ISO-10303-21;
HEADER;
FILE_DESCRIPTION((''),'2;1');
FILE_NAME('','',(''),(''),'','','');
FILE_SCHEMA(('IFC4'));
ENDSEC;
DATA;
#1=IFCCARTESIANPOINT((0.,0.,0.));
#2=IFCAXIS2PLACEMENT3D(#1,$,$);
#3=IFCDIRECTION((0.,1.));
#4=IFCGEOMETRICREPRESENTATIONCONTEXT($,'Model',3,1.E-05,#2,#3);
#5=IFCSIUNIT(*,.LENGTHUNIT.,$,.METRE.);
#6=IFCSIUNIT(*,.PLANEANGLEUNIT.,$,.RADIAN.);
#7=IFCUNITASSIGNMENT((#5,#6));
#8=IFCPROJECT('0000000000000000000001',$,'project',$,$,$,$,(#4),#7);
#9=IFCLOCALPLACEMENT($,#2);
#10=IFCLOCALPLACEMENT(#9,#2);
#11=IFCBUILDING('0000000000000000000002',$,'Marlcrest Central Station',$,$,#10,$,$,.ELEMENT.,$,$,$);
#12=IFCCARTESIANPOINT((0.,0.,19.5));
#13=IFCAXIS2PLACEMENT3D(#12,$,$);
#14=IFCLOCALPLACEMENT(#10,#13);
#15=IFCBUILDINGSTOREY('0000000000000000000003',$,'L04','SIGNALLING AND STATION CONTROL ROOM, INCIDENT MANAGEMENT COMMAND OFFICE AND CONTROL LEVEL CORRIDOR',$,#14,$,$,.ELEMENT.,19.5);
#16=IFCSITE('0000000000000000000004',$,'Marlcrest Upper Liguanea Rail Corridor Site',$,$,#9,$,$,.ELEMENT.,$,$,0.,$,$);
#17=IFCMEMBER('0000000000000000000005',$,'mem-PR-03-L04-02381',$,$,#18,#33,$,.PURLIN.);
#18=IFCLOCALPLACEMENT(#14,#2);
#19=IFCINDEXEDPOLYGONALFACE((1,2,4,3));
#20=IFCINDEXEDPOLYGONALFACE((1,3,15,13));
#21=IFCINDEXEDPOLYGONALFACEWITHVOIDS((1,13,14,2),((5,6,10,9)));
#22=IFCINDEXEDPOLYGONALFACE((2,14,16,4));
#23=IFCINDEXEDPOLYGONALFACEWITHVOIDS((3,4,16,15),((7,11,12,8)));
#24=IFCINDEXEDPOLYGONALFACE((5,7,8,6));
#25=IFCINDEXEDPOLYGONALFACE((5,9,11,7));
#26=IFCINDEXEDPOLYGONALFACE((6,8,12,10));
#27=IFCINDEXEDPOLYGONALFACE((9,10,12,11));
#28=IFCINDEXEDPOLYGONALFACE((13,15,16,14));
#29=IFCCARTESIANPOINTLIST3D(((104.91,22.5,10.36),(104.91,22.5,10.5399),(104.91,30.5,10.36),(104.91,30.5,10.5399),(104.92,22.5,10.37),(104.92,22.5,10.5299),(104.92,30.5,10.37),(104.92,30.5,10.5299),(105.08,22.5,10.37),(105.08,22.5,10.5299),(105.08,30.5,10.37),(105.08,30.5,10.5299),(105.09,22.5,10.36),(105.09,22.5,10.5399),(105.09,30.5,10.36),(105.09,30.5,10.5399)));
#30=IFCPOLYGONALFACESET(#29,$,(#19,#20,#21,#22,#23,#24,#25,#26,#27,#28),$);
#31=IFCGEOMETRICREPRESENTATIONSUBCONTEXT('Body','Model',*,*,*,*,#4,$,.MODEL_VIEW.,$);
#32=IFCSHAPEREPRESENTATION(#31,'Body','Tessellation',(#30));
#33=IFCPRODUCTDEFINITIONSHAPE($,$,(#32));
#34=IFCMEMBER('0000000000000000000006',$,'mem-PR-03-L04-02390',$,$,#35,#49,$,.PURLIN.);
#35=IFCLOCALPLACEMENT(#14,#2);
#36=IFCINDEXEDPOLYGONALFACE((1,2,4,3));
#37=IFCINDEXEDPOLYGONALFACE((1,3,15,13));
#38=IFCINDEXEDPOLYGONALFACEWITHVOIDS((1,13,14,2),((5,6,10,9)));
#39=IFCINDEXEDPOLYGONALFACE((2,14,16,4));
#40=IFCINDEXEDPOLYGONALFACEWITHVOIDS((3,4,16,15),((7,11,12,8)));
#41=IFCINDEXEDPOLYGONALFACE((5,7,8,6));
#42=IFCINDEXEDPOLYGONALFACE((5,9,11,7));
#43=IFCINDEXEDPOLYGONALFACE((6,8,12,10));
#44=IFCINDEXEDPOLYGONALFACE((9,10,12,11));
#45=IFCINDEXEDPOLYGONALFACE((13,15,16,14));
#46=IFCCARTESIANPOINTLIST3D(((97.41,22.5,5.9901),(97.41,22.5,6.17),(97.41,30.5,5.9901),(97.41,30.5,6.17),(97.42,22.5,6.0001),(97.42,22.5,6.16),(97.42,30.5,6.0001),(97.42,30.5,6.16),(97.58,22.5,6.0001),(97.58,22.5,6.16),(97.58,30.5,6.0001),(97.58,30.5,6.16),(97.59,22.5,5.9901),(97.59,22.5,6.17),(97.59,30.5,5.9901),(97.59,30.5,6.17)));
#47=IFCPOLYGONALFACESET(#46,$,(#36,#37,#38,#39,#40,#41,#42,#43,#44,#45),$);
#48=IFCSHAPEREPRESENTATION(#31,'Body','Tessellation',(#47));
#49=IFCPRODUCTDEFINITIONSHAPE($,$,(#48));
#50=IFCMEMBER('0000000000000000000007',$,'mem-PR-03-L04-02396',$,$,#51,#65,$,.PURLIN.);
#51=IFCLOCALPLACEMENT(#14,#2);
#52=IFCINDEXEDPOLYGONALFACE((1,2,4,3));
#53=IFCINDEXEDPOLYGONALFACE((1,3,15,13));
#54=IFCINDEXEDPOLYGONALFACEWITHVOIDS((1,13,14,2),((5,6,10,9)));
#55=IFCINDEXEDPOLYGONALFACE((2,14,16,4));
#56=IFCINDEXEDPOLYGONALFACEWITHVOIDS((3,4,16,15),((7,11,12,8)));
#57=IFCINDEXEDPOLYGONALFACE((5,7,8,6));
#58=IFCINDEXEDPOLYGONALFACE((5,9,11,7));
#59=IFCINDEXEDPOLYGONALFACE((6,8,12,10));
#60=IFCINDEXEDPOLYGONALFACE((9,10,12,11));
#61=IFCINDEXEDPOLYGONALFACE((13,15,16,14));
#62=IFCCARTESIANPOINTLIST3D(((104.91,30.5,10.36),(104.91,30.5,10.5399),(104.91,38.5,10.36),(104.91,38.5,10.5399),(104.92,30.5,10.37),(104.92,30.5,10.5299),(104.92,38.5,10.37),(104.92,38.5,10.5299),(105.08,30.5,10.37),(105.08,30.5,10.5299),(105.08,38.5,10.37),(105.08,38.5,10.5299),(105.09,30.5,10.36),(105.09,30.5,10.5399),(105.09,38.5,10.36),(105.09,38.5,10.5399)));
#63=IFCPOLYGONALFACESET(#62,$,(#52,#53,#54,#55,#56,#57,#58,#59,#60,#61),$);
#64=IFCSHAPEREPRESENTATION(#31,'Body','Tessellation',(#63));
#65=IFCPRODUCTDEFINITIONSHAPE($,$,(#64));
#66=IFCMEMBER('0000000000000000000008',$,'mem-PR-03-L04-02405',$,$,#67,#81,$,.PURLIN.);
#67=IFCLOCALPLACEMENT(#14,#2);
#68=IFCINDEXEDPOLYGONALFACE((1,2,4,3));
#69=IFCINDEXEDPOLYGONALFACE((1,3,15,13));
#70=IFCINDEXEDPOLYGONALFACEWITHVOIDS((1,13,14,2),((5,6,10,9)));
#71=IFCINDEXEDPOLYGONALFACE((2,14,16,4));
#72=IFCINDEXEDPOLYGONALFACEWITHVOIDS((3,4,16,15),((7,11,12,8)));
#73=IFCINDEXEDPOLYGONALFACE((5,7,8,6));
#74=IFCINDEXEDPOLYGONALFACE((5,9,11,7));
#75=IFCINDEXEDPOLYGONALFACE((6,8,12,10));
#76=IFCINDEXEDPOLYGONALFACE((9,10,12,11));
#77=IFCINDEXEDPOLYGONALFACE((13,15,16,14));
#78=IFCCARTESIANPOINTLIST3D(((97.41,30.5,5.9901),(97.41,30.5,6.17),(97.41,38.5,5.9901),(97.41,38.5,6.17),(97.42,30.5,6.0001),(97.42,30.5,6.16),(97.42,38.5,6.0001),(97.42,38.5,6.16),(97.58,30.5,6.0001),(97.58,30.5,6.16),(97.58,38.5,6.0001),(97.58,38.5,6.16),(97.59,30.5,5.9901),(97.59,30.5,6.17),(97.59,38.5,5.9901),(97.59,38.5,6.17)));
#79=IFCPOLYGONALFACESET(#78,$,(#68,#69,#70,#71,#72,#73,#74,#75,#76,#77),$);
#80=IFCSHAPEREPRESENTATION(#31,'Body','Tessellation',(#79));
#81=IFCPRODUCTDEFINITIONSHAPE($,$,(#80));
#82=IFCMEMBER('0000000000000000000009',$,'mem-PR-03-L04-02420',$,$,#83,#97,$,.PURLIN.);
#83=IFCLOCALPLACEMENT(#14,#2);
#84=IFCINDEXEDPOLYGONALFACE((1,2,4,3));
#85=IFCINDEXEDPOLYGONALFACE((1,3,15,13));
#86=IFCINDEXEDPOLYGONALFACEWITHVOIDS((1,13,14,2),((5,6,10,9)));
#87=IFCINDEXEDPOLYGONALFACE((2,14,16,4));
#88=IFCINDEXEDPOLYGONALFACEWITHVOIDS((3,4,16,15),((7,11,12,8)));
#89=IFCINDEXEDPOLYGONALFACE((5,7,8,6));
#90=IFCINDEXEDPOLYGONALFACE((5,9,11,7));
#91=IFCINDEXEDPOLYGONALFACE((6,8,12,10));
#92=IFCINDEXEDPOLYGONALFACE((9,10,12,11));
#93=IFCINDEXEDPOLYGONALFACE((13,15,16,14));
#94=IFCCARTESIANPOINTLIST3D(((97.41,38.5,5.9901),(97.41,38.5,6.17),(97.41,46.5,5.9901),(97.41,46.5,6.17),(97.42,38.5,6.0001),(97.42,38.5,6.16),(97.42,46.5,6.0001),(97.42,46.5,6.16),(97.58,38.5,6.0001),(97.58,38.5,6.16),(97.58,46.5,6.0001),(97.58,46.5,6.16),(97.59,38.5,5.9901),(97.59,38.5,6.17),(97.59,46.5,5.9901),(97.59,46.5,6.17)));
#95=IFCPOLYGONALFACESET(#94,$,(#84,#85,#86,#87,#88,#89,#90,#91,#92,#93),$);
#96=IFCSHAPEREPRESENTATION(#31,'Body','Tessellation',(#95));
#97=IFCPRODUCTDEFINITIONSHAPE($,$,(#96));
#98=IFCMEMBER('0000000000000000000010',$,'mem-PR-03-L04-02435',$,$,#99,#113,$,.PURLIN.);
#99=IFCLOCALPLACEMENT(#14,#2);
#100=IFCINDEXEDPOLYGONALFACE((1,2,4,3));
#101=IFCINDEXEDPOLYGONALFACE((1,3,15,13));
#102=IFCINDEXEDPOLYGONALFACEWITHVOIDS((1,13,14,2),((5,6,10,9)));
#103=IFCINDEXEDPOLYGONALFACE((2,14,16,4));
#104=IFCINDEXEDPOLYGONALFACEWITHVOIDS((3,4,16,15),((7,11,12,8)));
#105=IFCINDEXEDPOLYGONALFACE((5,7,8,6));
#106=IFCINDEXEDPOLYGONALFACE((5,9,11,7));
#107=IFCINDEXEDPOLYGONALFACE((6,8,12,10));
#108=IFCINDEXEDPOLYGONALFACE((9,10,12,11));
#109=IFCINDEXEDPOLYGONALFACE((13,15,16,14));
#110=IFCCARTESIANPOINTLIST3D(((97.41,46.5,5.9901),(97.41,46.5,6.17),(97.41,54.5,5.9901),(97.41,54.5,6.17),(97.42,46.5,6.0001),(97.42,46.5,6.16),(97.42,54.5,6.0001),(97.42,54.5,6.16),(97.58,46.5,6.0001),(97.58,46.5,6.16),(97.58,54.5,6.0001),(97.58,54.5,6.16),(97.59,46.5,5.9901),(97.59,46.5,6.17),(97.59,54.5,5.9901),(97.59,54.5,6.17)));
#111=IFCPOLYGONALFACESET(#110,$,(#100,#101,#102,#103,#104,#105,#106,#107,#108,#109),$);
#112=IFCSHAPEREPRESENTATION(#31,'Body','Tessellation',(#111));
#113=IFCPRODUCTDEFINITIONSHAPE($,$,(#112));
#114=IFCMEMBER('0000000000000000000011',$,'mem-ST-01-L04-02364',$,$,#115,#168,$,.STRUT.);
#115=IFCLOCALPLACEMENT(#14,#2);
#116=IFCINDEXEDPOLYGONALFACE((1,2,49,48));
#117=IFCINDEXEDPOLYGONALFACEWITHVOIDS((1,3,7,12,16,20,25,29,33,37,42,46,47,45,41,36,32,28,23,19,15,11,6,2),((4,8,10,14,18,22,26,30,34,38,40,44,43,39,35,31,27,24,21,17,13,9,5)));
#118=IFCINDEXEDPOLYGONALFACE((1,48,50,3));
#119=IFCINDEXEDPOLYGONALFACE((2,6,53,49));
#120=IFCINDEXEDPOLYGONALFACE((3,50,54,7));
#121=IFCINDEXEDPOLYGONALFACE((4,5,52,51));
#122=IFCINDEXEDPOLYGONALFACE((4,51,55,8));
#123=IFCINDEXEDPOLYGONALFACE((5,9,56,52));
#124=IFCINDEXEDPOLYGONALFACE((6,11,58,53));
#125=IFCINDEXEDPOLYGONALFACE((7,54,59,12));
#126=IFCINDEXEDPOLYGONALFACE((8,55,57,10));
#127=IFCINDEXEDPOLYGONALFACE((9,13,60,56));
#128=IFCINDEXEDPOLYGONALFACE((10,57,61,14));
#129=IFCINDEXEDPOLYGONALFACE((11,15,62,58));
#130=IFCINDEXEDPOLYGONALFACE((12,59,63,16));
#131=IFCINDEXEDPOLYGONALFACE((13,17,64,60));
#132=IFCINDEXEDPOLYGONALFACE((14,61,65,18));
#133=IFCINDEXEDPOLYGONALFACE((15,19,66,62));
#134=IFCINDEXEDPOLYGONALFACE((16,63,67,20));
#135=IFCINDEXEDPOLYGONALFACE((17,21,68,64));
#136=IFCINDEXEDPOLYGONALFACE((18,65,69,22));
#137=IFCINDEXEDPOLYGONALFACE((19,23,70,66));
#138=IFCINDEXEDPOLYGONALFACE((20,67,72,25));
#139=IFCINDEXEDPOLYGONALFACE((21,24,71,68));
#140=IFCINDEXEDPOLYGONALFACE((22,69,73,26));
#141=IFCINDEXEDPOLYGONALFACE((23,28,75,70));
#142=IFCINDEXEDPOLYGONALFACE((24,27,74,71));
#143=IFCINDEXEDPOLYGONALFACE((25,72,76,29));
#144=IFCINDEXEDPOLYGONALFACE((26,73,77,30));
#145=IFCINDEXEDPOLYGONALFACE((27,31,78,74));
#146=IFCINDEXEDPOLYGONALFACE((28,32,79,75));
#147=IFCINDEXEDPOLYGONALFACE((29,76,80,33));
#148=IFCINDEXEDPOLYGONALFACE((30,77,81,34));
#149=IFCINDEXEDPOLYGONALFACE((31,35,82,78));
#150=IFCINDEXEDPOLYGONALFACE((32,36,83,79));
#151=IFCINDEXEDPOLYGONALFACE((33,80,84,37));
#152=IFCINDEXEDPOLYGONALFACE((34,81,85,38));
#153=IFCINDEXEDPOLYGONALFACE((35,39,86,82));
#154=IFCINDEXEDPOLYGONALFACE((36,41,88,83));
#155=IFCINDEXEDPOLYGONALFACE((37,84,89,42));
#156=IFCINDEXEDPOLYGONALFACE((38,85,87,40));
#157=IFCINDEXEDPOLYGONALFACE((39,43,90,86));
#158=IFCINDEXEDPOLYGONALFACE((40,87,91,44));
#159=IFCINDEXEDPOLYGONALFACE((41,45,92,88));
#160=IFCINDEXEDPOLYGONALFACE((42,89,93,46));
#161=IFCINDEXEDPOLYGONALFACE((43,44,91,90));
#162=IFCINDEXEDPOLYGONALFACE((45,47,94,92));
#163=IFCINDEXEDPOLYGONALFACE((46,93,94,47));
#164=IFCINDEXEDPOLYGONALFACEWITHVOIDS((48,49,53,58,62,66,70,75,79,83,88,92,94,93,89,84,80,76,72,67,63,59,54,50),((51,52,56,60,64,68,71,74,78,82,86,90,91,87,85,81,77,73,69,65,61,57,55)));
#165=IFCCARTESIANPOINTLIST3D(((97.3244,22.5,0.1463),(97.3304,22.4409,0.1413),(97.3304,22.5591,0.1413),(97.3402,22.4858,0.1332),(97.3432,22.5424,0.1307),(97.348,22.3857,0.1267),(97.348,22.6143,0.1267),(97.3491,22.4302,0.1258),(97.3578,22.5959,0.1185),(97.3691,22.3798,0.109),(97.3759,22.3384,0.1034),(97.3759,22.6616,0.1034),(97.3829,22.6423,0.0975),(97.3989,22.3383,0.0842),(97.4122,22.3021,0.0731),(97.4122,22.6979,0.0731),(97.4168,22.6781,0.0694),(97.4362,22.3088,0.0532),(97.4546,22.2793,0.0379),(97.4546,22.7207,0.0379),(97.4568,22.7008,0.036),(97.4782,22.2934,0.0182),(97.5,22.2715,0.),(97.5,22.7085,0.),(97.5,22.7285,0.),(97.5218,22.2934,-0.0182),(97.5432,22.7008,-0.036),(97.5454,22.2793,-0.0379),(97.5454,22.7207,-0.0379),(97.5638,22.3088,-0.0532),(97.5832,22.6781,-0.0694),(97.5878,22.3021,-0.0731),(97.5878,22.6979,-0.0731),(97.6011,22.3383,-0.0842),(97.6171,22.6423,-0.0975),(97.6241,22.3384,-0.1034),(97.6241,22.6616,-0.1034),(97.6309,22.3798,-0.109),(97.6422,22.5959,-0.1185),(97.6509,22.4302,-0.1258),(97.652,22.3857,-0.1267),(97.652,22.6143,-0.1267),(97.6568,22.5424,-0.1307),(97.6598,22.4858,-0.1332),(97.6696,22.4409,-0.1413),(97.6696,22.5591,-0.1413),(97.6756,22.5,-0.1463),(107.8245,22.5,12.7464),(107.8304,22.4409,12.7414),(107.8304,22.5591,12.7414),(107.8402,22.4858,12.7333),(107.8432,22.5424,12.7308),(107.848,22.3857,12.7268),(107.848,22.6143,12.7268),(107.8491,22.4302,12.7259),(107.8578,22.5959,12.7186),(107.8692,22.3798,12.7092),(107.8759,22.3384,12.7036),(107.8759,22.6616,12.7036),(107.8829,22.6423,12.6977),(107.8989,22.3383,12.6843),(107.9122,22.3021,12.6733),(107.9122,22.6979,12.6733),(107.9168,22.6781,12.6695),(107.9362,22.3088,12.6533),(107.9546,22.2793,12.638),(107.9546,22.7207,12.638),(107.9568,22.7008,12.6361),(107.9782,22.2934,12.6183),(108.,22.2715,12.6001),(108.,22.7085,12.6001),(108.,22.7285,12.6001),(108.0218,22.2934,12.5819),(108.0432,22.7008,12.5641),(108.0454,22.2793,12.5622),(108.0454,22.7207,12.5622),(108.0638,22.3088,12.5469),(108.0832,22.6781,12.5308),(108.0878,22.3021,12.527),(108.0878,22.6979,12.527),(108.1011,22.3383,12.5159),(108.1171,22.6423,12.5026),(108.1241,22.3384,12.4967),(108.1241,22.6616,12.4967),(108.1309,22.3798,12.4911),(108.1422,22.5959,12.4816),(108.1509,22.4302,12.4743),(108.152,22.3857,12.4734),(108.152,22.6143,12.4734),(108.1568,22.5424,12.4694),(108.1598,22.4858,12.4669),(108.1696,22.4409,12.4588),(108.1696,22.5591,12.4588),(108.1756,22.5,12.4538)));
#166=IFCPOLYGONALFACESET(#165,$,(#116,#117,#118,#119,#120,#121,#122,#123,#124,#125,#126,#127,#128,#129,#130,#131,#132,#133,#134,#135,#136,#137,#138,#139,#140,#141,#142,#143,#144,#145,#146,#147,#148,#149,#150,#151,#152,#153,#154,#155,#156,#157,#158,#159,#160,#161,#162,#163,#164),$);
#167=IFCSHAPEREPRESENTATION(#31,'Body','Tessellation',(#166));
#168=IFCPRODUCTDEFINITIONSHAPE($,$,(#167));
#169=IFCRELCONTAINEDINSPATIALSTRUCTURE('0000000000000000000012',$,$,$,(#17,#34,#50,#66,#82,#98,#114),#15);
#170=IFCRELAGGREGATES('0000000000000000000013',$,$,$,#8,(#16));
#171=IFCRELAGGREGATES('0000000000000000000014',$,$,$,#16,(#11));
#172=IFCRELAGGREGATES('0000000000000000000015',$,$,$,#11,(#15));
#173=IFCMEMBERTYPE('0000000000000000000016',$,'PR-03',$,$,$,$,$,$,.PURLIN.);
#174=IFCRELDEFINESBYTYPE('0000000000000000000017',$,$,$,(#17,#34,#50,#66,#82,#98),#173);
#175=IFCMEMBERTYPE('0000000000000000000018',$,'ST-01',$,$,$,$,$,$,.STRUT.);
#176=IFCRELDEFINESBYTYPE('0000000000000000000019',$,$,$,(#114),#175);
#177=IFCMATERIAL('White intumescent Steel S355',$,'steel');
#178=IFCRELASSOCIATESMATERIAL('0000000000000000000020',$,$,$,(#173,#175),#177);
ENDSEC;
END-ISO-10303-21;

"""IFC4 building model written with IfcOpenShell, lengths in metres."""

from ifc_helpers import new_model, si_unit, direction, frame, origin, origin_2d, place, context, subcontext, project, spatial, hollow_rectangle, hollow_circle, extrude, material, material_profile, profile_set, type_object, element, save


model = new_model("IFC4")

# Units and contexts
model_context = context("Model", 3, precision=1e-05, world=origin(), true_north=direction((0.0, 1.0)))
body_context = subcontext(model_context, "Body", "Model", "MODEL_VIEW")
ifc_project = project(units=[si_unit("LENGTHUNIT", "METRE"), si_unit("PLANEANGLEUNIT", "RADIAN")], contexts=[model_context])

# Site, building, storey
site_placement = place(None, origin())
site = spatial("IfcSite", under=ifc_project, at=site_placement, Name="Marlcrest Upper Liguanea Rail Corridor Site", CompositionType="ELEMENT", RefElevation=0.0)
building_placement = place(site_placement, origin())
building = spatial("IfcBuilding", under=site, at=building_placement, Name="Marlcrest Central Station", CompositionType="ELEMENT")
storey_placement = place(building_placement, frame((0.0, 0.0, 19.5)))
storey = spatial("IfcBuildingStorey", under=building, at=storey_placement, Name="L04", Description="SIGNALLING AND STATION CONTROL ROOM, INCIDENT MANAGEMENT COMMAND OFFICE AND CONTROL LEVEL CORRIDOR", CompositionType="ELEMENT", Elevation=19.5)

# Members
ifc_material_1 = material(Name="White intumescent Steel S355", Category="steel")
ifc_material_profile_1 = material_profile(ifc_material_1, hollow_rectangle(XDim=0.1799, YDim=0.1799, WallThickness=0.01, at=origin_2d()), Name="SHS 180x180x10")
ifc_profile_set_1 = profile_set([ifc_material_profile_1], Name="White intumescent Steel S355")
member_type_1 = type_object("IfcMemberType", Name="PR-03", PredefinedType="PURLIN", material=ifc_profile_set_1)
for number, where, z_axis, x_axis, name in (
    (1, (105.0, 22.5, 10.45), (0.0, 1.0, 0.0), (-1.0, 0.0, 0.0), "mem-PR-03-L04-02381"),
    (2, (97.5, 22.5, 6.0801), (0.0, 1.0, 0.0), (-1.0, 0.0, 0.0), "mem-PR-03-L04-02390"),
    (3, (105.0, 30.5, 10.45), (0.0, 1.0, 0.0), (-1.0, 0.0, 0.0), "mem-PR-03-L04-02396"),
    (4, (97.5, 30.5, 6.0801), (0.0, 1.0, 0.0), (-1.0, 0.0, 0.0), "mem-PR-03-L04-02405"),
    (5, (97.5, 38.5, 6.0801), (0.0, 1.0, 0.0), (-1.0, 0.0, 0.0), "mem-PR-03-L04-02420"),
    (6, (97.5, 46.5, 6.0801), (0.0, 1.0, 0.0), (-1.0, 0.0, 0.0), "mem-PR-03-L04-02435"),
):
    element("IfcMember", number, at=place(storey_placement, frame(where, z_axis=z_axis, x_axis=x_axis)), inside=storey, type_object=member_type_1, Name=name, PredefinedType="PURLIN", context=body_context, shape_type="SweptSolid", body=[
        extrude(hollow_rectangle(XDim=0.1799, YDim=0.1799, WallThickness=0.01, at=origin_2d()), origin(), (0.0, 0.0, 1.0), 8.0),
    ])
ifc_material_profile_2 = material_profile(ifc_material_1, hollow_circle(Radius=0.2285, WallThickness=0.02, at=origin_2d()), Name="CHS 457x20")
ifc_profile_set_2 = profile_set([ifc_material_profile_2], Name="White intumescent Steel S355")
member_type_2 = type_object("IfcMemberType", Name="ST-01", PredefinedType="STRUT", material=ifc_profile_set_2)
for number, where, z_axis, x_axis, name in (
    (7, (97.5, 22.5, 0.0), (0.640181, 0.0, 0.768224), (0.0, 1.0, 0.0), "mem-ST-01-L04-02364"),
):
    element("IfcMember", number, at=place(storey_placement, frame(where, z_axis=z_axis, x_axis=x_axis)), inside=storey, type_object=member_type_2, Name=name, PredefinedType="STRUT", context=body_context, shape_type="SweptSolid", body=[
        extrude(hollow_circle(Radius=0.2285, WallThickness=0.02, at=origin_2d()), origin(), (0.0, 0.0, 1.0), 16.4016),
    ])

save(model, "model.ifc")
